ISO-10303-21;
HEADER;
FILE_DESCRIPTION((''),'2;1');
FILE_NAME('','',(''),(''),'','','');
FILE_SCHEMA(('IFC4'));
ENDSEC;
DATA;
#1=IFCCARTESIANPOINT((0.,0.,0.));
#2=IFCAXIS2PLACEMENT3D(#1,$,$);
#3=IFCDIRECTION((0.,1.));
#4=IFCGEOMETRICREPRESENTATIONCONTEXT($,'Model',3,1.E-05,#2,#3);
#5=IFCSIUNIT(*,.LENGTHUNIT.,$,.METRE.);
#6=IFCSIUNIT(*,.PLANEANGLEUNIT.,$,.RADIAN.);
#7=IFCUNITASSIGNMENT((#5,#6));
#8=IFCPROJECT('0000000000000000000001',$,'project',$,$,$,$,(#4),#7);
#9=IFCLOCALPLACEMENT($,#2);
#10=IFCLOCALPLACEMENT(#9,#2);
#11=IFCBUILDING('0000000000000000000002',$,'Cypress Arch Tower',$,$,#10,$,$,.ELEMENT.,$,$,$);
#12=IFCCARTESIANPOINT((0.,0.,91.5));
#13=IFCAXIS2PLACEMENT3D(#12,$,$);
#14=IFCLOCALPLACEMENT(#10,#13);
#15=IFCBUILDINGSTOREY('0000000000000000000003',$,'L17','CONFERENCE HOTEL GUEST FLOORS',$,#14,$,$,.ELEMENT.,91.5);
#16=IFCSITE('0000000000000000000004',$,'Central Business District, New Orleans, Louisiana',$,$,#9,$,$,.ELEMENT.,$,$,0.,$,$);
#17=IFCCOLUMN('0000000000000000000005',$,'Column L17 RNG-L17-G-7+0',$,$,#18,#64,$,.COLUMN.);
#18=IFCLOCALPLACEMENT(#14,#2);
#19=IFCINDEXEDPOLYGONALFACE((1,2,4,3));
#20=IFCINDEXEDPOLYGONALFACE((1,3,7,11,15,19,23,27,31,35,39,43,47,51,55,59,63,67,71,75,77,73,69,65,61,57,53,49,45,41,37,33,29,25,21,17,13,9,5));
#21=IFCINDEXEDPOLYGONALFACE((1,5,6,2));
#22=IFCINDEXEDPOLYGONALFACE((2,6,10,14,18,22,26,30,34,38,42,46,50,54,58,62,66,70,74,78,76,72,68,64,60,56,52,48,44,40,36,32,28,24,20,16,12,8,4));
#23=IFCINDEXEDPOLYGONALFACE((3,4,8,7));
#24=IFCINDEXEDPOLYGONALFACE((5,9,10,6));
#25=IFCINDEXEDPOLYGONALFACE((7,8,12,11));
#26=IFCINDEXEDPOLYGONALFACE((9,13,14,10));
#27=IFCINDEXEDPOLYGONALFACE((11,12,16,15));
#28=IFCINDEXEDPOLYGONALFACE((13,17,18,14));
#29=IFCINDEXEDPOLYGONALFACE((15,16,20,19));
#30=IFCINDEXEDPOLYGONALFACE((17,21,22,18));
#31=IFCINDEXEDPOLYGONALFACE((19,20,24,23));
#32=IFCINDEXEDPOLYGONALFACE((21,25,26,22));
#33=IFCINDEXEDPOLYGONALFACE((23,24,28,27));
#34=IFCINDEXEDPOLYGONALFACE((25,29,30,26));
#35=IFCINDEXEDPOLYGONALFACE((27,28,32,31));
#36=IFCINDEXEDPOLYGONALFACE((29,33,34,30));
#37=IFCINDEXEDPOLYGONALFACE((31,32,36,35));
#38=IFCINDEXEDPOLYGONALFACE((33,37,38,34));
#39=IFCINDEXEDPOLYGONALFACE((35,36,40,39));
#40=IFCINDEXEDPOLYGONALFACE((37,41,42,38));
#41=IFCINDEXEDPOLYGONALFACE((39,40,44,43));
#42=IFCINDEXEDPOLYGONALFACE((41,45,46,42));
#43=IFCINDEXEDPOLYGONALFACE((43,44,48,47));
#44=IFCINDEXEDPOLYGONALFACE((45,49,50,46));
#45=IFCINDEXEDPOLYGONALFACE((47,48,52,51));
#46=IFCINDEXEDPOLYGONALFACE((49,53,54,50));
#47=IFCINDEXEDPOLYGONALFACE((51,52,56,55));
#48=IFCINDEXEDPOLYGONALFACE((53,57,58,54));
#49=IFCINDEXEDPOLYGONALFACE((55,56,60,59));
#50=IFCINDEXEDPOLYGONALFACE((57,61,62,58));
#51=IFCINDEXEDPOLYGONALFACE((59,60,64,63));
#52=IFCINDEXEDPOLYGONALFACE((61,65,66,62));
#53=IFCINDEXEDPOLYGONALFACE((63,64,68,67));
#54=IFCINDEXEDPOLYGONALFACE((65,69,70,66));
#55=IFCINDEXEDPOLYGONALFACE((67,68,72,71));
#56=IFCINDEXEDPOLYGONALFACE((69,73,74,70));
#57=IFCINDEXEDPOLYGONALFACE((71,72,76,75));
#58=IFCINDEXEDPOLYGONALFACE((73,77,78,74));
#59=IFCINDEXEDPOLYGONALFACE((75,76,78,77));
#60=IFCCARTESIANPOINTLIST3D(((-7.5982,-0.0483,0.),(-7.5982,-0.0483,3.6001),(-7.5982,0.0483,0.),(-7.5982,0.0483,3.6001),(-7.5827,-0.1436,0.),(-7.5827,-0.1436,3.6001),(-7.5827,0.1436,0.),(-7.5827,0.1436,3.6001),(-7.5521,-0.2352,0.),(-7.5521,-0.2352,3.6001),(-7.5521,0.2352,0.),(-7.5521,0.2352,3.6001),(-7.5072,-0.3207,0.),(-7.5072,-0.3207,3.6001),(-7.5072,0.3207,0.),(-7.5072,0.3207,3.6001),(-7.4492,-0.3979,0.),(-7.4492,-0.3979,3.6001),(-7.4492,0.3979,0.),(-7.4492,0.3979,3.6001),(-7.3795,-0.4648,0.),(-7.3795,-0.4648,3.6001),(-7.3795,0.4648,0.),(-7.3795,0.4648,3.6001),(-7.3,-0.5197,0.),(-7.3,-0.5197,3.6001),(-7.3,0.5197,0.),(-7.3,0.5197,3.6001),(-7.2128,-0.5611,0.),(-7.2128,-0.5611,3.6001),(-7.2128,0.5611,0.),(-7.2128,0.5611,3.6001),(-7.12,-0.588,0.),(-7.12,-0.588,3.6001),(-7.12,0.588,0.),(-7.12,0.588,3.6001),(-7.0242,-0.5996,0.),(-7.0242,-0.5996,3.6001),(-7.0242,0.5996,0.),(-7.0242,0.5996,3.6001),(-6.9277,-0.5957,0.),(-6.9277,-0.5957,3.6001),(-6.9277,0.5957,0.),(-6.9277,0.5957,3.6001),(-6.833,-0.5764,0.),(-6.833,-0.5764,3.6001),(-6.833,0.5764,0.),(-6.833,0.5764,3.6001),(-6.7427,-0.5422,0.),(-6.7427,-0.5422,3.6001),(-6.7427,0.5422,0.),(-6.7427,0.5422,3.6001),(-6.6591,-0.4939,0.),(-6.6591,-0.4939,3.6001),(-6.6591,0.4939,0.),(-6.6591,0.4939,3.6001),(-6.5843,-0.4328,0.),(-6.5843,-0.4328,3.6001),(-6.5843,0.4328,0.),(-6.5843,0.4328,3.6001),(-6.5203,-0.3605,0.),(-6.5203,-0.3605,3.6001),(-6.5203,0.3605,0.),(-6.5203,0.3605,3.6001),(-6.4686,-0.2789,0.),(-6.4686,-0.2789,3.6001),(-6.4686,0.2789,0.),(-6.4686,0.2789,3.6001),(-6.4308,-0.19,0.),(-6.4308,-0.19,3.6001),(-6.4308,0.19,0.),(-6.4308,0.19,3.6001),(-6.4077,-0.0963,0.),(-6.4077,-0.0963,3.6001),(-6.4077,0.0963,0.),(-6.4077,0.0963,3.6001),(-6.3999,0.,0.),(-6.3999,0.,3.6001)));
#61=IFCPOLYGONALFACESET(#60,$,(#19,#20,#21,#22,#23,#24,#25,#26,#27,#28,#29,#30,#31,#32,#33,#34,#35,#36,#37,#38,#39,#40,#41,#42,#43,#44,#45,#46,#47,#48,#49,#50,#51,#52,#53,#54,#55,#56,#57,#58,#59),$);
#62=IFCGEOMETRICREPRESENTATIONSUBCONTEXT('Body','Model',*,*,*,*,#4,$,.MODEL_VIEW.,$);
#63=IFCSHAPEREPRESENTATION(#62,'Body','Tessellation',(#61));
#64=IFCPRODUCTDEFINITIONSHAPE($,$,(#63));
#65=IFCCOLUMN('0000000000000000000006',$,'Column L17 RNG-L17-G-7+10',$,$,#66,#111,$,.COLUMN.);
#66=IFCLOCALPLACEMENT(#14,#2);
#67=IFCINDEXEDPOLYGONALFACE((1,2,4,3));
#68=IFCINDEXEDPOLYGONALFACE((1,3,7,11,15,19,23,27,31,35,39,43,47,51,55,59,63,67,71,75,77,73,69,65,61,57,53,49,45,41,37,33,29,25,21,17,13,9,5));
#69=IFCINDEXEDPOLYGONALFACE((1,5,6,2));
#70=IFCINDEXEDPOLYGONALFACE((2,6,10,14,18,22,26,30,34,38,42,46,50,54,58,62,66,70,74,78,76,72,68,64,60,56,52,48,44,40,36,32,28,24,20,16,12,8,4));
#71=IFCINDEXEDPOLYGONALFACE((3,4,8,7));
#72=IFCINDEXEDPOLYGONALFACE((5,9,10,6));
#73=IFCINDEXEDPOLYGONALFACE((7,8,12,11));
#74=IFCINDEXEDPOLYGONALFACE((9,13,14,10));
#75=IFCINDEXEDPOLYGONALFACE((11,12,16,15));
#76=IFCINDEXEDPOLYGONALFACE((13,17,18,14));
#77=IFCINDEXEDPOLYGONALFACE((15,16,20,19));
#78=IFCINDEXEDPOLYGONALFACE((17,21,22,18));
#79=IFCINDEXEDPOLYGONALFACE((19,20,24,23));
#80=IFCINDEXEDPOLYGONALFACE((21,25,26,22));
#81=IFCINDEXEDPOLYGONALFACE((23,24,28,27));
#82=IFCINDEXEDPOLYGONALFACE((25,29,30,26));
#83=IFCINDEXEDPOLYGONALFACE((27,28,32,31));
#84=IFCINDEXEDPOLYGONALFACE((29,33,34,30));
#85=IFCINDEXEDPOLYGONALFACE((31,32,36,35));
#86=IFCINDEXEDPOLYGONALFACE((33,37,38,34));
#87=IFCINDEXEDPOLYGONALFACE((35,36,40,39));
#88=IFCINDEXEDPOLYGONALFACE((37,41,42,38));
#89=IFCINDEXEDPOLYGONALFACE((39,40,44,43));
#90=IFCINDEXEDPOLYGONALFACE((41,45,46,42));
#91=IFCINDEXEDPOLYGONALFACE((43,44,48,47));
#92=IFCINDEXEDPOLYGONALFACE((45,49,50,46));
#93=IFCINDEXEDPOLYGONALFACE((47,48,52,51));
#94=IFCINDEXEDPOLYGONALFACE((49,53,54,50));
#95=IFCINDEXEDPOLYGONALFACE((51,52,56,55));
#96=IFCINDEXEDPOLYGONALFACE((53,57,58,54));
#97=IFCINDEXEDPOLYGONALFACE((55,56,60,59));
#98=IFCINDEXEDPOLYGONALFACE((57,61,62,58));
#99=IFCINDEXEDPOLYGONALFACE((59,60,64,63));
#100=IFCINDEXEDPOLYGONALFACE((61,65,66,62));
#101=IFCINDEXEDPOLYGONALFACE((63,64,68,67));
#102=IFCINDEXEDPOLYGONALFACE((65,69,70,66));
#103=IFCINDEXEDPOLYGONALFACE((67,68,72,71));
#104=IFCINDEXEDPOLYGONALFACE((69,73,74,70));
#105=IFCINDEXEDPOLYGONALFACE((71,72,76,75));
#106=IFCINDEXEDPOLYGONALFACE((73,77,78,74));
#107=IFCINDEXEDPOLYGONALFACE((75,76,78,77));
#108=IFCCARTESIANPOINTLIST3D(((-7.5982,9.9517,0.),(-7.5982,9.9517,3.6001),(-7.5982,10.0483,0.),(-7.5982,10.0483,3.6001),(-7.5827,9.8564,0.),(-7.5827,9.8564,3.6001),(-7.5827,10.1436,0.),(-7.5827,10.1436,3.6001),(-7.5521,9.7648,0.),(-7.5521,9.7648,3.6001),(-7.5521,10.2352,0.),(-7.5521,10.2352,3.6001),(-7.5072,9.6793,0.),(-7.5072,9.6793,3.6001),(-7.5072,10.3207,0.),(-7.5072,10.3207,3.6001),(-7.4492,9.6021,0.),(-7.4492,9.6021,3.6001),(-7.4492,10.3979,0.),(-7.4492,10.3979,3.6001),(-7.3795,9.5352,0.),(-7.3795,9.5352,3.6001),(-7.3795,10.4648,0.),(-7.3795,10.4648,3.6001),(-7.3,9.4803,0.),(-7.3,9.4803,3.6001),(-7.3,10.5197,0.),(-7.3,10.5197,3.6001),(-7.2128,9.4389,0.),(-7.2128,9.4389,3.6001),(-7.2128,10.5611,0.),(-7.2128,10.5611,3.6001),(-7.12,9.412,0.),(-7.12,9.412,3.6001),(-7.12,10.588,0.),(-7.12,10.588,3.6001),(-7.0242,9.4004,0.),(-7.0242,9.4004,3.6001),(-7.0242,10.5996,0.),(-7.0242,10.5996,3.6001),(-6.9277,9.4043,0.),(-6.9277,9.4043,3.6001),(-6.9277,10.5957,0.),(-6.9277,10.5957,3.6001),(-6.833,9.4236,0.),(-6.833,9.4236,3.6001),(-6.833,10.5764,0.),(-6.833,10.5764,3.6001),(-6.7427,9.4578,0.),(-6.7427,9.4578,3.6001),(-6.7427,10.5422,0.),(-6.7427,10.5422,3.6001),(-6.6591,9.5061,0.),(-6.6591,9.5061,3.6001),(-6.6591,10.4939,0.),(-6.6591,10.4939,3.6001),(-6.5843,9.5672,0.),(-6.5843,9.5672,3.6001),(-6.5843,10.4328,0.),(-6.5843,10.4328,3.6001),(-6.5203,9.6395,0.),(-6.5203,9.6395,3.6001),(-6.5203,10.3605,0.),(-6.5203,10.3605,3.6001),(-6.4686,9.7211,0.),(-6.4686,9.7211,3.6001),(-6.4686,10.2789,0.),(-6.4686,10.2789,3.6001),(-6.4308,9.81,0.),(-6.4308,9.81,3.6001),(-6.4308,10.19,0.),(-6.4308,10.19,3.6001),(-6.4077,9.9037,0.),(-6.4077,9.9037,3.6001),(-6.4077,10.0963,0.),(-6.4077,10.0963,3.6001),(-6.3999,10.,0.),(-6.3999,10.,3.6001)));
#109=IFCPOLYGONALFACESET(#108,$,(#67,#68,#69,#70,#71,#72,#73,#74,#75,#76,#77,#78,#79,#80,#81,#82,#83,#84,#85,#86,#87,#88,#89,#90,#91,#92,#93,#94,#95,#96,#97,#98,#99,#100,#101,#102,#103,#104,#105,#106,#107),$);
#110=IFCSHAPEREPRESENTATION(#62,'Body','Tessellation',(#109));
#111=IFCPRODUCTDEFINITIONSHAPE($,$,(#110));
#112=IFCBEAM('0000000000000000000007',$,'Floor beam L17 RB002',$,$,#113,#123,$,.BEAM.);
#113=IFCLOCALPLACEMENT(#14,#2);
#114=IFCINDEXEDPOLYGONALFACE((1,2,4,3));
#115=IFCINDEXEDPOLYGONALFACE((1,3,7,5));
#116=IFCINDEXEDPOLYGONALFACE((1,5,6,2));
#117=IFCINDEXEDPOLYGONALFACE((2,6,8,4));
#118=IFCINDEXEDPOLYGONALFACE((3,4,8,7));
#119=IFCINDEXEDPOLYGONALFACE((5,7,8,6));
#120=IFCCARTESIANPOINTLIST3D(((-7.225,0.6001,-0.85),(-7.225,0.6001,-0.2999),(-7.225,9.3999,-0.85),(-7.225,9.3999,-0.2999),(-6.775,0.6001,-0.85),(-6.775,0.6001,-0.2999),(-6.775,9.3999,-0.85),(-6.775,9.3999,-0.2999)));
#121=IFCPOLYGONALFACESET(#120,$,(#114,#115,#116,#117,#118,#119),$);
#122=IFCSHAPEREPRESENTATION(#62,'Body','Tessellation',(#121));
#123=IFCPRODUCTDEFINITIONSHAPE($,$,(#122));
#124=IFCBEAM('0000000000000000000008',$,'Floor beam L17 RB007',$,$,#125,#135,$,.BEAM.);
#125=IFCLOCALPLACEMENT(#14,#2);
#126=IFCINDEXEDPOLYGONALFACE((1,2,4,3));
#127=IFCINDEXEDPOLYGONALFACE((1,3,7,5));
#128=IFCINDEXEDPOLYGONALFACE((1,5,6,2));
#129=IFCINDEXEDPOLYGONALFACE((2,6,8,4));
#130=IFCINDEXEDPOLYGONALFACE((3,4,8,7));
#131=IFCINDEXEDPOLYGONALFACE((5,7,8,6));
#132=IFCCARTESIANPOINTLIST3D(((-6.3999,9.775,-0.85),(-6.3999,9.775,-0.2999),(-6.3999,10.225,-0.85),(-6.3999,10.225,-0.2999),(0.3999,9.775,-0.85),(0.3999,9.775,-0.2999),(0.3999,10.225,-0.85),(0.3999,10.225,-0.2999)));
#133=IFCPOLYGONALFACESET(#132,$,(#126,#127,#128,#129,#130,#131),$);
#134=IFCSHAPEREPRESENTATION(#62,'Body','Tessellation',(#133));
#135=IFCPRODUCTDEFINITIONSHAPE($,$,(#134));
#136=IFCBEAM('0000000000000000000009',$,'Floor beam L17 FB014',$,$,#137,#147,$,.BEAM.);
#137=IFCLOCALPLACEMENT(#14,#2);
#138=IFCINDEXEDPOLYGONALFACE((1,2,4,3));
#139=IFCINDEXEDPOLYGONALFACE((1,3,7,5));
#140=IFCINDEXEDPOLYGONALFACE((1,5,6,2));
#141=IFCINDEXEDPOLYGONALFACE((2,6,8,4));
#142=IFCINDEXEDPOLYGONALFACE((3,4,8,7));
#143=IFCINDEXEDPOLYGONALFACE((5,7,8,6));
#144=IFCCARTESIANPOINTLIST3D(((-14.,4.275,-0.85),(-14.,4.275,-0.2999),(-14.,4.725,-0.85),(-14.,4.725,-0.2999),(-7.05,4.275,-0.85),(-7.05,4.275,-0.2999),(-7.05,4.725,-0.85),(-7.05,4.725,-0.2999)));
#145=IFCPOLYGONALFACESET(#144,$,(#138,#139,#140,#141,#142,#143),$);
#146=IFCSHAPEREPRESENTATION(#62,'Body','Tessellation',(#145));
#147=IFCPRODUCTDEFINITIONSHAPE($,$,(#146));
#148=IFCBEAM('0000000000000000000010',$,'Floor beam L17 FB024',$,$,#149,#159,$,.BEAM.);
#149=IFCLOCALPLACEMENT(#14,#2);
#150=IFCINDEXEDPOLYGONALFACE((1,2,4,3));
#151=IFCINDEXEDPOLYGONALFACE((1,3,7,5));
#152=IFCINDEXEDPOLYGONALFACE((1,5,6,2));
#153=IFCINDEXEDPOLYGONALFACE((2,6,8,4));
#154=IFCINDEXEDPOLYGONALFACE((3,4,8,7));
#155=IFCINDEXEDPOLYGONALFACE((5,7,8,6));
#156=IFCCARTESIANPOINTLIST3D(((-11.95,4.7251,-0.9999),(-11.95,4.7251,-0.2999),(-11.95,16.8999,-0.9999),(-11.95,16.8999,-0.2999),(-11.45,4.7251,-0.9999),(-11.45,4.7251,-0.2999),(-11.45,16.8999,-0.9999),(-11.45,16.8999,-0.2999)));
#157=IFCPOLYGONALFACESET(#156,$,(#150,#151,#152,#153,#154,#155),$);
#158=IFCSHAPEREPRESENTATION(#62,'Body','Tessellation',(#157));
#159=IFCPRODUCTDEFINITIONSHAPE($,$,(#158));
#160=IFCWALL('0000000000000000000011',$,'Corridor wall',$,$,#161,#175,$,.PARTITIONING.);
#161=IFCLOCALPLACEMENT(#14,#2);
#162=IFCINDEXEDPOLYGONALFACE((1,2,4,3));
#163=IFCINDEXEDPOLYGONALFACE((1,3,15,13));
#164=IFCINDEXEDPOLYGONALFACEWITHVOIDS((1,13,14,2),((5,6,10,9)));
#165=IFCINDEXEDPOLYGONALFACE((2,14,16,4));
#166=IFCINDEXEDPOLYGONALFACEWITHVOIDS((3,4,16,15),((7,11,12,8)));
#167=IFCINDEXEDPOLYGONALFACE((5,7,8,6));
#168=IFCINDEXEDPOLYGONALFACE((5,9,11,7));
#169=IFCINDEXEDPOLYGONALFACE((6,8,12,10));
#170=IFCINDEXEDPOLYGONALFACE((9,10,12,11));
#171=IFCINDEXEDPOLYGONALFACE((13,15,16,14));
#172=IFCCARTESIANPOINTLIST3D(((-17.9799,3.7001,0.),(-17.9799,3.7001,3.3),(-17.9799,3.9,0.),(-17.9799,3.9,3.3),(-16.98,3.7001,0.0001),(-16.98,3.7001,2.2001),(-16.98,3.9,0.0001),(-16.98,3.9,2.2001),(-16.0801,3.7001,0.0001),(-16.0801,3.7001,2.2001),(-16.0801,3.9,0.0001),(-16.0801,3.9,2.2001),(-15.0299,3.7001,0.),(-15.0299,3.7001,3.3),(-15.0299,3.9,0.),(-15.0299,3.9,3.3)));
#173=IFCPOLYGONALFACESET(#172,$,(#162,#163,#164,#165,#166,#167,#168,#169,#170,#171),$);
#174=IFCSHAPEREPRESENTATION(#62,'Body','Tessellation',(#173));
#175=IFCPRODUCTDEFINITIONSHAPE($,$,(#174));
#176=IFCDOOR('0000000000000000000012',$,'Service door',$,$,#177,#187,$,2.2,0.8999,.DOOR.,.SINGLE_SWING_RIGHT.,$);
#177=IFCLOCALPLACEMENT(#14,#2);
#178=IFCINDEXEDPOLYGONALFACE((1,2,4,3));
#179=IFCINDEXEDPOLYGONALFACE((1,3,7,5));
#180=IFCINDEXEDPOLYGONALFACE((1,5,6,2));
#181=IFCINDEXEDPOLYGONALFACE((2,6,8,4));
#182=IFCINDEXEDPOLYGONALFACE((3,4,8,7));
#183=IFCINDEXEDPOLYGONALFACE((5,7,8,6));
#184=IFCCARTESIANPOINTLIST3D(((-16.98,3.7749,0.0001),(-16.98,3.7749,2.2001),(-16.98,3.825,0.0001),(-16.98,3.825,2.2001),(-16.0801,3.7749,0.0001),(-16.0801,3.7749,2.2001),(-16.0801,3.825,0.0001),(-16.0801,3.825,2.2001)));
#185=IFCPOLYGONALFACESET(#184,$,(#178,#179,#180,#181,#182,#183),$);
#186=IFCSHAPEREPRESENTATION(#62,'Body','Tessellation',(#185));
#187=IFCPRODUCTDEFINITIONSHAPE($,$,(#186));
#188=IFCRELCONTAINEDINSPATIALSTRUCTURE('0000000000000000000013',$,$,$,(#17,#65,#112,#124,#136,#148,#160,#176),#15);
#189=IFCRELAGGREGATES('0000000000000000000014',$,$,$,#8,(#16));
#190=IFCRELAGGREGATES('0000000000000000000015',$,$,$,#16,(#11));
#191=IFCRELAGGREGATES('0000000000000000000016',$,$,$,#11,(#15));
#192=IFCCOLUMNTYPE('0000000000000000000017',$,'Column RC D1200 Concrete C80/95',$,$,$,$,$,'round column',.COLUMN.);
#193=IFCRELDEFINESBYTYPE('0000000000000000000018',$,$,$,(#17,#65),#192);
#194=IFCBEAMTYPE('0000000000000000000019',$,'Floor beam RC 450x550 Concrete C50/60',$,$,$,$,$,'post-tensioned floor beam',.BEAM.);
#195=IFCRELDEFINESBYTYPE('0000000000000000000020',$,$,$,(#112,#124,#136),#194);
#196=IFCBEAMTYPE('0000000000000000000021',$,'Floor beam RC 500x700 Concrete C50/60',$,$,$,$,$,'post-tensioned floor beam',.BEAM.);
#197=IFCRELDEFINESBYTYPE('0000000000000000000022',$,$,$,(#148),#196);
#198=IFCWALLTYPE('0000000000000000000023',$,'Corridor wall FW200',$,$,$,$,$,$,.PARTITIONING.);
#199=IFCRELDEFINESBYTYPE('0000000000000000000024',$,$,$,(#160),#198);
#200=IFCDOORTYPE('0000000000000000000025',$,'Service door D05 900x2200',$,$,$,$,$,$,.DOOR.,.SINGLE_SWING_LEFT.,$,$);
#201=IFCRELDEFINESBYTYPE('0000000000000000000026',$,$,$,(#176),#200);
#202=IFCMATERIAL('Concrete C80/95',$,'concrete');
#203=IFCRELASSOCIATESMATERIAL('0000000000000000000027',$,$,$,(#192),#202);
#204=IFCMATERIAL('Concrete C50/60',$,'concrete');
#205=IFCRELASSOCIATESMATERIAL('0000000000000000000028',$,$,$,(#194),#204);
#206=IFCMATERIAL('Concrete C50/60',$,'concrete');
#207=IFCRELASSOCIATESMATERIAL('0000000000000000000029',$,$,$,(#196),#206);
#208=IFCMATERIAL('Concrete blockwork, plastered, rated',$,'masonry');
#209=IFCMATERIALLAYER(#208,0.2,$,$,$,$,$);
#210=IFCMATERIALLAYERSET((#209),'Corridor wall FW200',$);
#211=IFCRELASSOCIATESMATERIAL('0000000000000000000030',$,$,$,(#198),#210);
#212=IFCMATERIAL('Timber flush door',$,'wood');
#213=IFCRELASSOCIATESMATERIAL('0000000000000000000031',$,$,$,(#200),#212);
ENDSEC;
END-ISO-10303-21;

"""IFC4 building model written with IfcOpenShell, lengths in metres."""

from ifc_helpers import new_model, si_unit, direction, frame, frame_2d, origin, origin_2d, place, context, subcontext, project, spatial, rectangle, circle, extrude, material, layer, layer_set, material_profile, profile_set, type_object, element, fill, save


model = new_model("IFC4")

# Units and contexts
model_context = context("Model", 3, precision=1e-05, world=origin(), true_north=direction((0.0, 1.0)))
body_context = subcontext(model_context, "Body", "Model", "MODEL_VIEW")
ifc_project = project(units=[si_unit("LENGTHUNIT", "METRE"), si_unit("PLANEANGLEUNIT", "RADIAN")], contexts=[model_context])

# Site, building, storey
site_placement = place(None, origin())
site = spatial("IfcSite", under=ifc_project, at=site_placement, Name="Central Business District, New Orleans, Louisiana", CompositionType="ELEMENT", RefElevation=0.0)
building_placement = place(site_placement, origin())
building = spatial("IfcBuilding", under=site, at=building_placement, Name="Cypress Arch Tower", CompositionType="ELEMENT")
storey_placement = place(building_placement, frame((0.0, 0.0, 91.5)))
storey = spatial("IfcBuildingStorey", under=building, at=storey_placement, Name="L17", Description="CONFERENCE HOTEL GUEST FLOORS", CompositionType="ELEMENT", Elevation=91.5)

# Columns
ifc_material_1 = material(Name="Concrete C80/95", Category="concrete")
ifc_material_profile_1 = material_profile(ifc_material_1, circle(Radius=0.6001, at=origin_2d()), Name="RC D1200")
ifc_profile_set_1 = profile_set([ifc_material_profile_1], Name="Concrete C80/95")
column_type = type_object("IfcColumnType", Name="Column RC D1200 Concrete C80/95", ElementType="round column", PredefinedType="COLUMN", material=ifc_profile_set_1)
for number, where, z_axis, x_axis, name in (
    (1, (-7.0, 0.0, 0.0), (0.0, 0.0, 1.0), (1.0, 0.0, 0.0), "Column L17 RNG-L17-G-7+0"),
    (2, (-7.0, 10.0, 0.0), (0.0, 0.0, 1.0), (1.0, 0.0, 0.0), "Column L17 RNG-L17-G-7+10"),
):
    element("IfcColumn", number, at=place(storey_placement, frame(where, z_axis=z_axis, x_axis=x_axis)), inside=storey, type_object=column_type, Name=name, PredefinedType="COLUMN", context=body_context, shape_type="SweptSolid", body=[
        extrude(circle(Radius=0.6001, at=origin_2d()), origin(), (0.0, 0.0, 1.0), 3.6001),
    ])

# Beams
ifc_material_2 = material(Name="Concrete C50/60", Category="concrete")
ifc_material_profile_2 = material_profile(ifc_material_2, rectangle(XDim=0.45, YDim=0.55, at=origin_2d()), Name="RC 450x550")
ifc_profile_set_2 = profile_set([ifc_material_profile_2], Name="Concrete C50/60")
beam_type_1 = type_object("IfcBeamType", Name="Floor beam RC 450x550 Concrete C50/60", ElementType="post-tensioned floor beam", PredefinedType="BEAM", material=ifc_profile_set_2)
beam_1_placement = place(storey_placement, frame((-7.0, 0.6001, -0.575), z_axis=(0.0, 1.0, 0.0), x_axis=(-1.0, 0.0, 0.0)))
element("IfcBeam", 3, at=beam_1_placement, inside=storey, type_object=beam_type_1, Name="Floor beam L17 RB002", PredefinedType="BEAM", context=body_context, shape_type="SweptSolid", body=[
    extrude(rectangle(XDim=0.45, YDim=0.55, at=origin_2d()), origin(), (0.0, 0.0, 1.0), 8.7998),
])
beam_2_placement = place(storey_placement, frame((-6.3999, 10.0, -0.575), z_axis=(1.0, 0.0, 0.0), x_axis=(0.0, 1.0, 0.0)))
element("IfcBeam", 4, at=beam_2_placement, inside=storey, type_object=beam_type_1, Name="Floor beam L17 RB007", PredefinedType="BEAM", context=body_context, shape_type="SweptSolid", body=[
    extrude(rectangle(XDim=0.45, YDim=0.55, at=origin_2d()), origin(), (0.0, 0.0, 1.0), 6.7998),
])
beam_3_placement = place(storey_placement, frame((-14.0, 4.5, -0.575), z_axis=(1.0, 0.0, 0.0), x_axis=(0.0, 1.0, 0.0)))
element("IfcBeam", 5, at=beam_3_placement, inside=storey, type_object=beam_type_1, Name="Floor beam L17 FB014", PredefinedType="BEAM", context=body_context, shape_type="SweptSolid", body=[
    extrude(rectangle(XDim=0.45, YDim=0.55, at=origin_2d()), origin(), (0.0, 0.0, 1.0), 6.95),
])
ifc_material_3 = material(Name="Concrete C50/60", Category="concrete")
ifc_material_profile_3 = material_profile(ifc_material_3, rectangle(XDim=0.5, YDim=0.7, at=origin_2d()), Name="RC 500x700")
ifc_profile_set_3 = profile_set([ifc_material_profile_3], Name="Concrete C50/60")
beam_type_2 = type_object("IfcBeamType", Name="Floor beam RC 500x700 Concrete C50/60", ElementType="post-tensioned floor beam", PredefinedType="BEAM", material=ifc_profile_set_3)
beam_4_placement = place(storey_placement, frame((-11.7, 4.7251, -0.6499), z_axis=(0.0, 1.0, 0.0), x_axis=(-1.0, 0.0, 0.0)))
element("IfcBeam", 6, at=beam_4_placement, inside=storey, type_object=beam_type_2, Name="Floor beam L17 FB024", PredefinedType="BEAM", context=body_context, shape_type="SweptSolid", body=[
    extrude(rectangle(XDim=0.5, YDim=0.7, at=origin_2d()), origin(), (0.0, 0.0, 1.0), 12.1748),
])

# Wall, opening, door
ifc_material_4 = material(Name="Concrete blockwork, plastered, rated", Category="masonry")
ifc_layer_1 = layer(ifc_material_4, 0.2)
ifc_layer_set_1 = layer_set([ifc_layer_1], Name="Corridor wall FW200")
wall_type_1 = type_object("IfcWallType", Name="Corridor wall FW200", PredefinedType="PARTITIONING", material=ifc_layer_set_1)
wall_1_placement = place(storey_placement, frame((-17.98, 3.8, 0.0), z_axis=(0.0, 0.0, 1.0), x_axis=(1.0, 0.0, 0.0)))
wall_1 = element("IfcWall", 7, at=wall_1_placement, inside=storey, type_object=wall_type_1, Name="Corridor wall", PredefinedType="PARTITIONING", context=body_context, shape_type="SweptSolid", body=[
    extrude(rectangle(XDim=2.95, YDim=0.2, at=frame_2d((1.4751, 0.0))), origin(), (0.0, 0.0, 1.0), 3.3),
])
opening_1_placement = place(wall_1_placement, frame((1.0, 0.0, 0.0)))
opening_1 = element("IfcOpeningElement", 8, at=opening_1_placement, cuts=wall_1, PredefinedType="OPENING", context=body_context, shape_type="SweptSolid", body=[
    extrude(rectangle(XDim=0.8999, YDim=2.2, at=frame_2d((0.45, 1.1001))), frame((0.0, 0.1099, 0.0), z_axis=(0.0, -1.0, 0.0), x_axis=(1.0, 0.0, 0.0)), (0.0, 0.0, 1.0), 0.22),
])
ifc_material_5 = material(Name="Timber flush door", Category="wood")
door_type_1 = type_object("IfcDoorType", Name="Service door D05 900x2200", OperationType="SINGLE_SWING_LEFT", PredefinedType="DOOR", material=ifc_material_5)
door_1_placement = place(opening_1_placement, origin())
door_1 = element("IfcDoor", 9, at=door_1_placement, inside=storey, type_object=door_type_1, Name="Service door", OperationType="SINGLE_SWING_RIGHT", OverallHeight=2.2, OverallWidth=0.8999, PredefinedType="DOOR", context=body_context, shape_type="SweptSolid", body=[
    extrude(rectangle(XDim=0.8999, YDim=2.2, at=frame_2d((0.45, 1.1001))), frame((0.0, 0.0249, 0.0), z_axis=(0.0, -1.0, 0.0), x_axis=(1.0, 0.0, 0.0)), (0.0, 0.0, 1.0), 0.05),
])
fill(opening_1, door_1)

save(model, "model.ifc")
